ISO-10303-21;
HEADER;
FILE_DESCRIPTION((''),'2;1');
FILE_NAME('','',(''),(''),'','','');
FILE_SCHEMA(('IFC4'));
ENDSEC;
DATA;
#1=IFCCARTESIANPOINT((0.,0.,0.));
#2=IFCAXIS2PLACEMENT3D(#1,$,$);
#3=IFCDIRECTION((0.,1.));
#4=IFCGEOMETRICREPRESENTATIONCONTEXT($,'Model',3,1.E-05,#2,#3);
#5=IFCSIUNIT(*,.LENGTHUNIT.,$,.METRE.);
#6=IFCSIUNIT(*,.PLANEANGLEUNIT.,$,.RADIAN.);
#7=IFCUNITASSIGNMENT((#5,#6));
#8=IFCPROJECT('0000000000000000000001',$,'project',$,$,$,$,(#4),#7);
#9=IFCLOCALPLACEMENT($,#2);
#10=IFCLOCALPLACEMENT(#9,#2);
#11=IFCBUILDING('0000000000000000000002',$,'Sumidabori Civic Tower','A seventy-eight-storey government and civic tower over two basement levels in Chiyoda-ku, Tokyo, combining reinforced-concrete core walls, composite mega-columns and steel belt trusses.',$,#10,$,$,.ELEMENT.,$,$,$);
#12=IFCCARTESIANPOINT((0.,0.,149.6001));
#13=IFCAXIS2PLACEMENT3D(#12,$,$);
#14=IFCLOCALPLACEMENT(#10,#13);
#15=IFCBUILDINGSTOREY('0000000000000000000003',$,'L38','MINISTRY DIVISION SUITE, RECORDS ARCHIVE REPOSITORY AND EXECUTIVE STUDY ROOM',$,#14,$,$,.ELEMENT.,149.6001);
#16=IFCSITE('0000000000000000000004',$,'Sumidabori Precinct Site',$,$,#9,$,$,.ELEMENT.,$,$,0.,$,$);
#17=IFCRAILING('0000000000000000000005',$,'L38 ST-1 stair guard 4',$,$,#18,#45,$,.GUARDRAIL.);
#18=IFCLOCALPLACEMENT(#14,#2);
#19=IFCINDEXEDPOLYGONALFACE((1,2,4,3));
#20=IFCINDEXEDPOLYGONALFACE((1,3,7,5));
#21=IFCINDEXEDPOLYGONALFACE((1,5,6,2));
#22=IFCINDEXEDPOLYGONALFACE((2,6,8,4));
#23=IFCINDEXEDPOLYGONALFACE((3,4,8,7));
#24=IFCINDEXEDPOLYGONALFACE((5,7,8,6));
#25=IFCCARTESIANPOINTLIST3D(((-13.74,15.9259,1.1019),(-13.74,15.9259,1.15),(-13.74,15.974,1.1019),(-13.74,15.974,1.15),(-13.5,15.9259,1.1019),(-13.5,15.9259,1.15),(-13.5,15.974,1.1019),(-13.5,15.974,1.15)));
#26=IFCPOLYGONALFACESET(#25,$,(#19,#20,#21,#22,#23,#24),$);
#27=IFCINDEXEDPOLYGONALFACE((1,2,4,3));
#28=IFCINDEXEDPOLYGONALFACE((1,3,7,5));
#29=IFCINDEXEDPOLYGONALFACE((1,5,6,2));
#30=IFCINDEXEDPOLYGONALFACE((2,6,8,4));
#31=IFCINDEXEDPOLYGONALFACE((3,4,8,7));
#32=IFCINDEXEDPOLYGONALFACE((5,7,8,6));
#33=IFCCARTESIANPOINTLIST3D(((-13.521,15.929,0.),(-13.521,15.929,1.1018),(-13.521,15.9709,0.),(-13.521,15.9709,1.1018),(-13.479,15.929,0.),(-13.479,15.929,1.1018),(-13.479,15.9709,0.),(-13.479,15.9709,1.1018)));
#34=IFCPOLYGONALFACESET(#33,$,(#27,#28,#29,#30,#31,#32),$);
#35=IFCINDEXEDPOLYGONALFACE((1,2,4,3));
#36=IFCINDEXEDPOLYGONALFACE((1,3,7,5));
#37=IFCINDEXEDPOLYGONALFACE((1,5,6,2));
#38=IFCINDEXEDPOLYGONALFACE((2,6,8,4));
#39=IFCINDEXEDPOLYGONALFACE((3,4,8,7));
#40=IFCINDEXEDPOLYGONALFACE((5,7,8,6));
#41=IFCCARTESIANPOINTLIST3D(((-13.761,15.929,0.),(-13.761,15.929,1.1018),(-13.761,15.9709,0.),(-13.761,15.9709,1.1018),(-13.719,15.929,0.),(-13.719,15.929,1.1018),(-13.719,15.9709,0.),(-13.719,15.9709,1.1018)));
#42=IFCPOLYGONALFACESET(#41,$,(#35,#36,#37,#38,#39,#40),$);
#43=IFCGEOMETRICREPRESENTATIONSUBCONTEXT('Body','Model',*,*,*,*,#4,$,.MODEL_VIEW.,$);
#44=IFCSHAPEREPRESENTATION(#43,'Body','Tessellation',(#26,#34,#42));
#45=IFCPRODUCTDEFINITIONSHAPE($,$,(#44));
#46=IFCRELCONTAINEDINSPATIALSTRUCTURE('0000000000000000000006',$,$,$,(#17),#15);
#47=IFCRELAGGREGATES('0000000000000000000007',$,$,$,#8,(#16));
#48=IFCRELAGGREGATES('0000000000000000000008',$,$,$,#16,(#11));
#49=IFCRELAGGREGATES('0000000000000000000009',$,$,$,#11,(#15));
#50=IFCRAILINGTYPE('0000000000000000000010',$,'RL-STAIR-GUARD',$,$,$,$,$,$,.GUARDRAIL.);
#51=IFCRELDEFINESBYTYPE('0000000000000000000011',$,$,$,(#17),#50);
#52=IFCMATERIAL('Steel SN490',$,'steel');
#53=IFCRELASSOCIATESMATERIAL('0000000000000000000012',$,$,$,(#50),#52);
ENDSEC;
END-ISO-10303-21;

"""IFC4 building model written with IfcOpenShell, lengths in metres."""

from ifc_helpers import new_model, si_unit, direction, frame, origin, origin_2d, place, context, subcontext, project, spatial, rectangle, extrude, material, type_object, element, save


model = new_model("IFC4")

# Units and contexts
model_context = context("Model", 3, precision=1e-05, world=origin(), true_north=direction((0.0, 1.0)))
body_context = subcontext(model_context, "Body", "Model", "MODEL_VIEW")
ifc_project = project(units=[si_unit("LENGTHUNIT", "METRE"), si_unit("PLANEANGLEUNIT", "RADIAN")], contexts=[model_context])

# Site, building, storey
site_placement = place(None, origin())
site = spatial("IfcSite", under=ifc_project, at=site_placement, Name="Sumidabori Precinct Site", CompositionType="ELEMENT", RefElevation=0.0)
building_placement = place(site_placement, origin())
building = spatial("IfcBuilding", under=site, at=building_placement, Name="Sumidabori Civic Tower", Description="A seventy-eight-storey government and civic tower over two basement levels in Chiyoda-ku, Tokyo, combining reinforced-concrete core walls, composite mega-columns and steel belt trusses.", CompositionType="ELEMENT")
storey_placement = place(building_placement, frame((0.0, 0.0, 149.6001)))
storey = spatial("IfcBuildingStorey", under=building, at=storey_placement, Name="L38", Description="MINISTRY DIVISION SUITE, RECORDS ARCHIVE REPOSITORY AND EXECUTIVE STUDY ROOM", CompositionType="ELEMENT", Elevation=149.6001)

# Shared definitions
ifc_material_1 = material(Name="Steel SN490", Category="steel")

# Railing
railing_type_1 = type_object("IfcRailingType", Name="RL-STAIR-GUARD", PredefinedType="GUARDRAIL", material=ifc_material_1)
railing_1_placement = place(storey_placement, frame((-13.5, 15.95, 0.0)))
element("IfcRailing", 1, at=railing_1_placement, inside=storey, type_object=railing_type_1, Name="L38 ST-1 stair guard 4", PredefinedType="GUARDRAIL", context=body_context, shape_type="SweptSolid", body=[
    extrude(rectangle(XDim=0.0481, YDim=0.0481, at=origin_2d()), frame((0.0, 0.0, 1.126), z_axis=(-1.0, 0.0, 0.0), x_axis=(0.0, -1.0, 0.0)), (0.0, 0.0, 1.0), 0.24),
    extrude(rectangle(XDim=0.042, YDim=0.042, at=origin_2d()), origin(), (0.0, 0.0, 1.0), 1.1018),
    extrude(rectangle(XDim=0.042, YDim=0.042, at=origin_2d()), frame((-0.24, 0.0, 0.0)), (0.0, 0.0, 1.0), 1.1018),
])

save(model, "model.ifc")
